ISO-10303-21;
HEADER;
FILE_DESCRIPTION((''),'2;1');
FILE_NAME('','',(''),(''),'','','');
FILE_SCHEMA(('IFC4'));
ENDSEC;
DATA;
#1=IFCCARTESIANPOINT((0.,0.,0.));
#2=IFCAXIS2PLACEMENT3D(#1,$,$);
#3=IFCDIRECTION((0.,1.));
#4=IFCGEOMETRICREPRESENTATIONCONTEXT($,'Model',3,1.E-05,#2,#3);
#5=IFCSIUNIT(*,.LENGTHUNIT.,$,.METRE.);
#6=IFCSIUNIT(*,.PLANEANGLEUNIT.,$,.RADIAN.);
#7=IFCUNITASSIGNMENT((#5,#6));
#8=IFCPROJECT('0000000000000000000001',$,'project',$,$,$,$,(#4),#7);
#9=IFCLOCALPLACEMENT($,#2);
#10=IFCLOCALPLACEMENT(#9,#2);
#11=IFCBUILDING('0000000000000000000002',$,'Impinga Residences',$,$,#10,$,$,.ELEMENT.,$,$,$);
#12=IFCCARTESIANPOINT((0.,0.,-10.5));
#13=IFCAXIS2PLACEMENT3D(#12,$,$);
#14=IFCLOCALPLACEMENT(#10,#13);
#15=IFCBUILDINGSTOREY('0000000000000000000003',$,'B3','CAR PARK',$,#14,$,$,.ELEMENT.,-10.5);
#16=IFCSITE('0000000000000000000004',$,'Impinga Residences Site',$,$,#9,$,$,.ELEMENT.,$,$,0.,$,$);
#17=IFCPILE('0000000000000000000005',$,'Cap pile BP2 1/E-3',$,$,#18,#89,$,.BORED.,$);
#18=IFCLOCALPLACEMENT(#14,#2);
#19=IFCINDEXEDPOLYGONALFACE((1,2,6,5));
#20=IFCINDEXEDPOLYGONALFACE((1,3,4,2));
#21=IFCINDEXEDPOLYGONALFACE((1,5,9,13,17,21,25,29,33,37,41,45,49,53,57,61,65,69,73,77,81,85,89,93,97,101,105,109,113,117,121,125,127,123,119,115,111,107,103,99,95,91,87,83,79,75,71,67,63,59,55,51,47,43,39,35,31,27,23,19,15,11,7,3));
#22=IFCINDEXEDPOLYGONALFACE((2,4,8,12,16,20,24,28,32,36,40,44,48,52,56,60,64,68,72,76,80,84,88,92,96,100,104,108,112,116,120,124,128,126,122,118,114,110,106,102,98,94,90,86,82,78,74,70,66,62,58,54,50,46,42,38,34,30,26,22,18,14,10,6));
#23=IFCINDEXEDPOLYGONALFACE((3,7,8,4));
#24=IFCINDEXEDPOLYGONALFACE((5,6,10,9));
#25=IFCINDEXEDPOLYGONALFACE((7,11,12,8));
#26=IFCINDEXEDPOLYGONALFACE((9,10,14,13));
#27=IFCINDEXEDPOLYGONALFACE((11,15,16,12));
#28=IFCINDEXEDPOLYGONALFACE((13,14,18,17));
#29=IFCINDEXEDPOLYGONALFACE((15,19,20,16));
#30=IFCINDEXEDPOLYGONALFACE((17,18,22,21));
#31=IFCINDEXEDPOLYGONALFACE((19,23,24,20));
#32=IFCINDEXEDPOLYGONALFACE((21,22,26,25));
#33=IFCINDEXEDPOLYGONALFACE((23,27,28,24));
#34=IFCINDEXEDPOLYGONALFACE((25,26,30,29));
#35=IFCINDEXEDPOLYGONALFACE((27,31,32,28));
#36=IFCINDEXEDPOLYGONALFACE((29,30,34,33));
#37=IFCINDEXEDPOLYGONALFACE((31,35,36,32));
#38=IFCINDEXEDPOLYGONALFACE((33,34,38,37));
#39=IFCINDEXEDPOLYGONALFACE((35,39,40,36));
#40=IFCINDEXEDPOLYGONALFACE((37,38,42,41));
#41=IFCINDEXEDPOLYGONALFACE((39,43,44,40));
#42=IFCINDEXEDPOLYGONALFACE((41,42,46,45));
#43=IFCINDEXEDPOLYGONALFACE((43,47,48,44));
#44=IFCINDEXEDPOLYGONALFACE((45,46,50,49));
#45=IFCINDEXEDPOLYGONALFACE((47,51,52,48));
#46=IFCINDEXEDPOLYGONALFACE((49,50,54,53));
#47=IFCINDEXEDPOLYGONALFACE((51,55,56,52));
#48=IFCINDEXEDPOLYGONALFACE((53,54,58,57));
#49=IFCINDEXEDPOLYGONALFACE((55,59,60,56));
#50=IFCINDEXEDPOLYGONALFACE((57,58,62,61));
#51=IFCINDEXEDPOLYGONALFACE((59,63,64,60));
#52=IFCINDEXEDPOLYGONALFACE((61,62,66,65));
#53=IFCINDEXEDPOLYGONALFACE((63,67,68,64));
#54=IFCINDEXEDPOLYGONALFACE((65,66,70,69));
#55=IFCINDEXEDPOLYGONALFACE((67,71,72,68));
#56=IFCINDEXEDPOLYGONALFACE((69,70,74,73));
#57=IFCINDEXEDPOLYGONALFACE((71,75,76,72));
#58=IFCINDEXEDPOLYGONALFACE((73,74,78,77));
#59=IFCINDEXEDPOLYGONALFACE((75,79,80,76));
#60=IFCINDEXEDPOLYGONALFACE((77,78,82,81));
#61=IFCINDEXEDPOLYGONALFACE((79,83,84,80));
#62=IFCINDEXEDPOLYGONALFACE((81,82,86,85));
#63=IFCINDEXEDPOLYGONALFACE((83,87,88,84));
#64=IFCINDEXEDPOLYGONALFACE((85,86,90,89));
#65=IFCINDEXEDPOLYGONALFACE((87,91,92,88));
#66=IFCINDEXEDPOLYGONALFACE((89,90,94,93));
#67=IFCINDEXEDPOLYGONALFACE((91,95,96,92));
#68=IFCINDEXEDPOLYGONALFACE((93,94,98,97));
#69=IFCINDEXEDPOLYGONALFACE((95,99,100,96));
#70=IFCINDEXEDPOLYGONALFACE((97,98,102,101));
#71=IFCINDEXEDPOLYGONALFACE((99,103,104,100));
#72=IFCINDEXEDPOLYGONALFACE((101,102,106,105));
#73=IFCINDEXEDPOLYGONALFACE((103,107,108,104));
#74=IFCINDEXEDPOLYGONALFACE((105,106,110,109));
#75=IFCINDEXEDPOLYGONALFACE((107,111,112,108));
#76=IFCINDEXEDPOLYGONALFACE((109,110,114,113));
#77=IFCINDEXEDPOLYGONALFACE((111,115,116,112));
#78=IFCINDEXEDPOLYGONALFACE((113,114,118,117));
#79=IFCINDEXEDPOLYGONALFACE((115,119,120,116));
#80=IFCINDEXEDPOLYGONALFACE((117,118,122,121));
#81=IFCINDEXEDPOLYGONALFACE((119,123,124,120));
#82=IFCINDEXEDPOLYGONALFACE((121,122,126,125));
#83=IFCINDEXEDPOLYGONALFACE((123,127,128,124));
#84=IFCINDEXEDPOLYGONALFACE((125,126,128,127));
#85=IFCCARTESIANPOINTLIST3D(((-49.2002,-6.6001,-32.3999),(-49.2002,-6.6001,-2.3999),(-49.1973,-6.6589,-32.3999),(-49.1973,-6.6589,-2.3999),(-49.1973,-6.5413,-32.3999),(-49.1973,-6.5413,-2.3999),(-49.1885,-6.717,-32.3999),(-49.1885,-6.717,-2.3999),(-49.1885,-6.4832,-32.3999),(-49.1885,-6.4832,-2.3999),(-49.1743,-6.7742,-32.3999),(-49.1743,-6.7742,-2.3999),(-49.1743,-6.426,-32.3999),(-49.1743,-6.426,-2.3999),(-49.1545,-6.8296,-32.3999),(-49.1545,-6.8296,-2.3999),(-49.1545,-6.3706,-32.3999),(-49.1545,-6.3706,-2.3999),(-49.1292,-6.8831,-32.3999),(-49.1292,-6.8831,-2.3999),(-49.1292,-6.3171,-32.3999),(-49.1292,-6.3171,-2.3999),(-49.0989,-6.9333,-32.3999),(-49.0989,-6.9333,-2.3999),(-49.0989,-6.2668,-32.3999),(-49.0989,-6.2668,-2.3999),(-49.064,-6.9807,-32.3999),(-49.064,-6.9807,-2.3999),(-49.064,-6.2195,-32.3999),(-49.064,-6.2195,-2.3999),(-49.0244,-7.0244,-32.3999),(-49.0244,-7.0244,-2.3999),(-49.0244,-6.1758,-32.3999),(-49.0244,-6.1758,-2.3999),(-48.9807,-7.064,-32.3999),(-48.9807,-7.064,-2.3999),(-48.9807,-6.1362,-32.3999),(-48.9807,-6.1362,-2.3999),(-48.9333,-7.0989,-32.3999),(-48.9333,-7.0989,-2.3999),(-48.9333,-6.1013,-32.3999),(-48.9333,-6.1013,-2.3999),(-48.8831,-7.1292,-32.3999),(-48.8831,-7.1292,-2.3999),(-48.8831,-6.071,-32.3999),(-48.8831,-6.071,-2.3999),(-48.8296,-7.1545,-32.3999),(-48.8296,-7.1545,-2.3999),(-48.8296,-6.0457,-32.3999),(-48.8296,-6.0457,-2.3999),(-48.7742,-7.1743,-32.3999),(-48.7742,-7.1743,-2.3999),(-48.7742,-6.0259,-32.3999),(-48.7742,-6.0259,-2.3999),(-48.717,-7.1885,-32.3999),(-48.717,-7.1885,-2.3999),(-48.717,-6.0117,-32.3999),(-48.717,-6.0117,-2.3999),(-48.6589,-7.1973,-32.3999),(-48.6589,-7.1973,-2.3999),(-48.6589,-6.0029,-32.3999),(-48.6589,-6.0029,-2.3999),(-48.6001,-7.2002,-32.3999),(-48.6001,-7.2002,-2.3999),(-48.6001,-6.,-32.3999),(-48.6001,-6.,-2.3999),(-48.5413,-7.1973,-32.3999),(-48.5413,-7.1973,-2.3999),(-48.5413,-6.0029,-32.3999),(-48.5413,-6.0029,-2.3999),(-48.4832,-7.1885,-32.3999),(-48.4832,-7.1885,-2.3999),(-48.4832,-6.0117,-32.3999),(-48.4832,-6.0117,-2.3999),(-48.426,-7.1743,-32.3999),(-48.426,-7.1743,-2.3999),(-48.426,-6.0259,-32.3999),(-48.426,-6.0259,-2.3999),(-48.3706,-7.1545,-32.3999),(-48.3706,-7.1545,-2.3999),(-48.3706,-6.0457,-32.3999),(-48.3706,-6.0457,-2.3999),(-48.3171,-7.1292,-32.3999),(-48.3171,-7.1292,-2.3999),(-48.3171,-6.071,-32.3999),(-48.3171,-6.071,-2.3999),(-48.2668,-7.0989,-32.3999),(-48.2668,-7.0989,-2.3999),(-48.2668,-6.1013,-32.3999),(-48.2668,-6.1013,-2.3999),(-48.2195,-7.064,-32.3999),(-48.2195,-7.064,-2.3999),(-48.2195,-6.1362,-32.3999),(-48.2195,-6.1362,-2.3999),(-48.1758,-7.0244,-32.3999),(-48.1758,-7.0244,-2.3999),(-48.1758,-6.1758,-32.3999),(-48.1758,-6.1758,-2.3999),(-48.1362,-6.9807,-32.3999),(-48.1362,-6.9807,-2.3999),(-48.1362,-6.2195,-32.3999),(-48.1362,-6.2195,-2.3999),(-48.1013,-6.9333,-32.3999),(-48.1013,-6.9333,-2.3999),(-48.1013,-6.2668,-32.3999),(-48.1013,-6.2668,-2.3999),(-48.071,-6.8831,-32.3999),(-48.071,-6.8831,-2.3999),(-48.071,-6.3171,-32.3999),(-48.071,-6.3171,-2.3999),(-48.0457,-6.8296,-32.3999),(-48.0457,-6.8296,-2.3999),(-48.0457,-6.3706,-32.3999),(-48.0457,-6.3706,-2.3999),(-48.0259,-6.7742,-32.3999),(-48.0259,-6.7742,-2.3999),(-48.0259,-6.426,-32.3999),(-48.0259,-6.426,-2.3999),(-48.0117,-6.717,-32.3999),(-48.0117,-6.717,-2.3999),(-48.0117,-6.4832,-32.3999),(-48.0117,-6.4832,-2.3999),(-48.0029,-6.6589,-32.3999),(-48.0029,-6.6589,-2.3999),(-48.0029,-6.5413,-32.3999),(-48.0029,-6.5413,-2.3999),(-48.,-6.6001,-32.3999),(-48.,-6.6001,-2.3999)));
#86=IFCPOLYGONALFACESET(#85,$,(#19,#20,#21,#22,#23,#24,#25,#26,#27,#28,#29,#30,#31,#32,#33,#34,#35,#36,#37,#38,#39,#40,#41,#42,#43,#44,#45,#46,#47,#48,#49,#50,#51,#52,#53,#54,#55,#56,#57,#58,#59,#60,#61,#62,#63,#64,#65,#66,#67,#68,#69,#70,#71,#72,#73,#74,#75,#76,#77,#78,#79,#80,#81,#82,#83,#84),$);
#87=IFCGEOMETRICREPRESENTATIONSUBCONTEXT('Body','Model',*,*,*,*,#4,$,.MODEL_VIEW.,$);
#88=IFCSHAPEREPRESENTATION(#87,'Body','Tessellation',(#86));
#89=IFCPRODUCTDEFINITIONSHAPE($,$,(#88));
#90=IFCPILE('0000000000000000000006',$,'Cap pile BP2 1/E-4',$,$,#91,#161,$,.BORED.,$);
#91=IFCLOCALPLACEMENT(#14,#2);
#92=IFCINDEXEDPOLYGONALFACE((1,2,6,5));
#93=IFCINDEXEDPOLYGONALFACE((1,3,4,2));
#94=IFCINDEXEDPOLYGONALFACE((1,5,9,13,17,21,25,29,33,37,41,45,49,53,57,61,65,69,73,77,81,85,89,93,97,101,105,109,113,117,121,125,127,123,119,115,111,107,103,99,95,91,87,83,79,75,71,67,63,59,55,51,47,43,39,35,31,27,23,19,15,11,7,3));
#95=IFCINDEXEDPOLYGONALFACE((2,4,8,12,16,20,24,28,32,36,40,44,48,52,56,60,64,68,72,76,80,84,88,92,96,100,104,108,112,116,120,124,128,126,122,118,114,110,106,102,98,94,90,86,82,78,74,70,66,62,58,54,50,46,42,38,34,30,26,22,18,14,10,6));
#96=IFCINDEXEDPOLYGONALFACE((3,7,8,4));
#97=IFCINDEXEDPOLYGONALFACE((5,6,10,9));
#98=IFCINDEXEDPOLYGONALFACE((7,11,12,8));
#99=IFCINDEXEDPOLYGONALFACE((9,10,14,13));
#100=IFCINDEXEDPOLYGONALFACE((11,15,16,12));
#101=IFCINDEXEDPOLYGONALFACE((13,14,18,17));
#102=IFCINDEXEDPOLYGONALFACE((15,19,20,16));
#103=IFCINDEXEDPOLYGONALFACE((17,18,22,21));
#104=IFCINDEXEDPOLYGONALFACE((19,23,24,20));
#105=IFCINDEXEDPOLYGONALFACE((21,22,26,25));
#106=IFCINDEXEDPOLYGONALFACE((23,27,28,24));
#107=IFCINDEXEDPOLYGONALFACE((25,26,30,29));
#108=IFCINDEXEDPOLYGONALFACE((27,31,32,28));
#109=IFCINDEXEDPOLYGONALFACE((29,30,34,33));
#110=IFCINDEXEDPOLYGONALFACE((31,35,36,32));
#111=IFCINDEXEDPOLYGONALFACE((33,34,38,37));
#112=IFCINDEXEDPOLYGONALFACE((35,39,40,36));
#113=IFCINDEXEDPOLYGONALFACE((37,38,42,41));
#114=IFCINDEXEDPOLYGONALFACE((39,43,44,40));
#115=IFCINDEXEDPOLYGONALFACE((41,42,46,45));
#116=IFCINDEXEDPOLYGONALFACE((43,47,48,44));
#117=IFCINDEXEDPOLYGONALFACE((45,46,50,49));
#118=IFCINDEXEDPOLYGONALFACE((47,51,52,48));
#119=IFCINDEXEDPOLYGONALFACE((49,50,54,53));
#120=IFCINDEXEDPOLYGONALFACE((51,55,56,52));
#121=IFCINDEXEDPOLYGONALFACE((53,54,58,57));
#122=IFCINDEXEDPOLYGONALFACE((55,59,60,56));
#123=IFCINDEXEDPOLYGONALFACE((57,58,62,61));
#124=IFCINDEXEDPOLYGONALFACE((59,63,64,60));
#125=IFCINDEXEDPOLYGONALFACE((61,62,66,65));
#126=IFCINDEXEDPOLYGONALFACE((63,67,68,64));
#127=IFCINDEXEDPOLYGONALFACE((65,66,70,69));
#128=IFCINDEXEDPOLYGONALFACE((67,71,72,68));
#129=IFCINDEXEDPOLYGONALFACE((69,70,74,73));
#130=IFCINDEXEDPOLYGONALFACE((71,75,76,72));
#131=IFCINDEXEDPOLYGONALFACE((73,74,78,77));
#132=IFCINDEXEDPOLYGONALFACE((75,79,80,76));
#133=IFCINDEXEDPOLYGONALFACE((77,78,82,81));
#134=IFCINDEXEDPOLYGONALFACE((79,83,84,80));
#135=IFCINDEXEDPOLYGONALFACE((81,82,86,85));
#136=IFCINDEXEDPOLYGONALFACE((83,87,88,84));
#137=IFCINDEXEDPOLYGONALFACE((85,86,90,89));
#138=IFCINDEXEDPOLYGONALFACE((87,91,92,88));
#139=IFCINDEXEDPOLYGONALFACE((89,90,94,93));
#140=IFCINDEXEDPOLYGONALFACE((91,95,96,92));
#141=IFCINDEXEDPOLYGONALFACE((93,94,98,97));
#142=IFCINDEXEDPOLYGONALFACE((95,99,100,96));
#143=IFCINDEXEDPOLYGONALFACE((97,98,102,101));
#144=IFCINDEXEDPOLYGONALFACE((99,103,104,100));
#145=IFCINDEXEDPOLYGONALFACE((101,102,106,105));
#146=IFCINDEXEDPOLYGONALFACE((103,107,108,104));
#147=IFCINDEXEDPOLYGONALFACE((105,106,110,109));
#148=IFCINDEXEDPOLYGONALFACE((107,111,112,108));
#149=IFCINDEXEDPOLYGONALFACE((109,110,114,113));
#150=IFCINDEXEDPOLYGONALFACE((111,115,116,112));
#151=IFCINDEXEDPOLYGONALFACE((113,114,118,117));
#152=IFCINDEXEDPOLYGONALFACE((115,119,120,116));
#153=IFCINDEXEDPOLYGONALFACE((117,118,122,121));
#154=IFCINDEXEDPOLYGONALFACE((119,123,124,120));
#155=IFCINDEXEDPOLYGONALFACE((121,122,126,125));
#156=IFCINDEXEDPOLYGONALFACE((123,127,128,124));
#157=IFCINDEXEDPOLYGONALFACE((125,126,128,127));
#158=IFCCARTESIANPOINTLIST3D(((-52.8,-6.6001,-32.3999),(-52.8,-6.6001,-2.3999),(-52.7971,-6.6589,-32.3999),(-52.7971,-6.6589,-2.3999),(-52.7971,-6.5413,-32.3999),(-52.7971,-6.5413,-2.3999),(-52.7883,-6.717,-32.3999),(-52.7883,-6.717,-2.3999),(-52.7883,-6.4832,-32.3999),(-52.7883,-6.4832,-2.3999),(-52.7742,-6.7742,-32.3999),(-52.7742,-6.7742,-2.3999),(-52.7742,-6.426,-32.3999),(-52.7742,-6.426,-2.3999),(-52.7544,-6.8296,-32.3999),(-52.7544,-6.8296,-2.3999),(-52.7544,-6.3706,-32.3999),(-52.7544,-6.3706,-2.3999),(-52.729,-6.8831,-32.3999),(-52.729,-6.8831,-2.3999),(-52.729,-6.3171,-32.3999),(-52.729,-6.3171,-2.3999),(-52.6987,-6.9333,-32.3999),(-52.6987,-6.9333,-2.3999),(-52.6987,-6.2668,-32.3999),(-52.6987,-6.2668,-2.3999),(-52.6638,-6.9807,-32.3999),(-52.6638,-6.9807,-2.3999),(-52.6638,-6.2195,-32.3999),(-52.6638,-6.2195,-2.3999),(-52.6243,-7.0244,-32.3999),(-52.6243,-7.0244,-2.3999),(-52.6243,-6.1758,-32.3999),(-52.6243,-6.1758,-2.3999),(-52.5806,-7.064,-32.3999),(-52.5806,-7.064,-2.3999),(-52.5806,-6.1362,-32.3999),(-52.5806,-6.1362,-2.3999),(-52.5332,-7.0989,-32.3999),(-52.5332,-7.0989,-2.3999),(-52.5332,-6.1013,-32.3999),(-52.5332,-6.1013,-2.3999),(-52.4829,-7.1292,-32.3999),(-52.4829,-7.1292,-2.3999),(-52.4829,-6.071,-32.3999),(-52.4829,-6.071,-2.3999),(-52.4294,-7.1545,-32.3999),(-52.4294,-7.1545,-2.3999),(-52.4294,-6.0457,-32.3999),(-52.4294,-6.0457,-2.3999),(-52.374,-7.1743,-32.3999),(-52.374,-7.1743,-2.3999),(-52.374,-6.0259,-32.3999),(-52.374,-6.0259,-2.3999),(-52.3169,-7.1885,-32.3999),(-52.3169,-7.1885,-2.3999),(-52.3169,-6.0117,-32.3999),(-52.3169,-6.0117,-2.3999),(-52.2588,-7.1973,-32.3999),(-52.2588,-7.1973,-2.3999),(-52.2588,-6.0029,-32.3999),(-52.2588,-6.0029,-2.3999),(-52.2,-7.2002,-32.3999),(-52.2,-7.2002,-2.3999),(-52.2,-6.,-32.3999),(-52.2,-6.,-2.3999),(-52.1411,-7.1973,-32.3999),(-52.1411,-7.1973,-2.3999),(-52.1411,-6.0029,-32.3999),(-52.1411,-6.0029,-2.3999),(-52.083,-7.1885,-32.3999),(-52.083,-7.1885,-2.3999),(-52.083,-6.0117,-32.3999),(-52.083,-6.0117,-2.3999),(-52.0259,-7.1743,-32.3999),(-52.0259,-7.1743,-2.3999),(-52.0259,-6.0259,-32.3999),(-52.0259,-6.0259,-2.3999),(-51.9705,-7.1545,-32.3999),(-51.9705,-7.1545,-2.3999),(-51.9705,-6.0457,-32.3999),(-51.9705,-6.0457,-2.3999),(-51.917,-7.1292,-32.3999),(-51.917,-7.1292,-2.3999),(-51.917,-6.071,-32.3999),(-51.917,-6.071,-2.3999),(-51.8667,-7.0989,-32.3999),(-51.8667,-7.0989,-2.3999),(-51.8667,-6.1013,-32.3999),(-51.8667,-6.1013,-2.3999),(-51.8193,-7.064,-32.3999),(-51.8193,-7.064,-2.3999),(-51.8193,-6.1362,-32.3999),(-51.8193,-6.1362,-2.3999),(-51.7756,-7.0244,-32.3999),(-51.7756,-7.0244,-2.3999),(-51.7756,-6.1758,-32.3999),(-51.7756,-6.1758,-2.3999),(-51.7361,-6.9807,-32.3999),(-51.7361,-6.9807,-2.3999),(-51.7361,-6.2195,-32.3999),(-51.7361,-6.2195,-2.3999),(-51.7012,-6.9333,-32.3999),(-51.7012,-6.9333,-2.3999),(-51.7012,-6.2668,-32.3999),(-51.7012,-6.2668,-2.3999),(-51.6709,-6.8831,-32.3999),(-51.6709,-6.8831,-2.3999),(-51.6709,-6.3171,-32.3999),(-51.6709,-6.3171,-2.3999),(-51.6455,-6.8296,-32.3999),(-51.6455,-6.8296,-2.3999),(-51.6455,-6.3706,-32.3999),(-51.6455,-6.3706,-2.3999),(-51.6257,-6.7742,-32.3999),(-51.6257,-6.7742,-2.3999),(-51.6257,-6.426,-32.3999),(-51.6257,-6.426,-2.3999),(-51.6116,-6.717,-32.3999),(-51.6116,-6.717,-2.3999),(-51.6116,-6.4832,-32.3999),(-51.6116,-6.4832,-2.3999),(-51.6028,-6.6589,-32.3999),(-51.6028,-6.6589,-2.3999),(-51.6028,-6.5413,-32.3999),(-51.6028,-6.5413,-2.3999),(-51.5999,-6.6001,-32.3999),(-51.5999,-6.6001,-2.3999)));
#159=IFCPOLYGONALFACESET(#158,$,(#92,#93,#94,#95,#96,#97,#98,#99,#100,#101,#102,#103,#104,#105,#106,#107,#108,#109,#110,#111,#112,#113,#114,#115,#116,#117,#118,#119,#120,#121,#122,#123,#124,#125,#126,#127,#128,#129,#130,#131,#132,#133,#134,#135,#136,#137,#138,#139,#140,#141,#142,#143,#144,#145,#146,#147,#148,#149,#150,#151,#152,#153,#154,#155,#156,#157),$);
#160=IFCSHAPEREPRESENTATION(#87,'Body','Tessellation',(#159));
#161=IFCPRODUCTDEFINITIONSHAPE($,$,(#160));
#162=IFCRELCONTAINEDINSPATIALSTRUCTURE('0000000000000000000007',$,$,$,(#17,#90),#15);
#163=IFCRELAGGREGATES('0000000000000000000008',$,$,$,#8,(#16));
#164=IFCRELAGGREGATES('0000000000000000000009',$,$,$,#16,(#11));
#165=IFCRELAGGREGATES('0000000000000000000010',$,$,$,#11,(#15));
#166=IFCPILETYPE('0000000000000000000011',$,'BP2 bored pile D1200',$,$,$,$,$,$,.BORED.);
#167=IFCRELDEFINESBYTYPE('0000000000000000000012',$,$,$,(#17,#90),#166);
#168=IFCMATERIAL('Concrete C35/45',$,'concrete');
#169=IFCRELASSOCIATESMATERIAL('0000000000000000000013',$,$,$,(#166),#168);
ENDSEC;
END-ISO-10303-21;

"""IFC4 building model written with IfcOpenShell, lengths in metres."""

from ifc_helpers import new_model, si_unit, direction, frame, origin, origin_2d, place, context, subcontext, project, spatial, polyline, circle, outline, extrude, material, material_profile, profile_set, type_object, element, save


model = new_model("IFC4")

# Units and contexts
model_context = context("Model", 3, precision=1e-05, world=origin(), true_north=direction((0.0, 1.0)))
body_context = subcontext(model_context, "Body", "Model", "MODEL_VIEW")
ifc_project = project(units=[si_unit("LENGTHUNIT", "METRE"), si_unit("PLANEANGLEUNIT", "RADIAN")], contexts=[model_context])

# Site, building, storey
site_placement = place(None, origin())
site = spatial("IfcSite", under=ifc_project, at=site_placement, Name="Impinga Residences Site", CompositionType="ELEMENT", RefElevation=0.0)
building_placement = place(site_placement, origin())
building = spatial("IfcBuilding", under=site, at=building_placement, Name="Impinga Residences", CompositionType="ELEMENT")
storey_placement = place(building_placement, frame((0.0, 0.0, -10.5)))
storey = spatial("IfcBuildingStorey", under=building, at=storey_placement, Name="B3", Description="CAR PARK", CompositionType="ELEMENT", Elevation=-10.5)

# Piles
ifc_material_1 = material(Name="Concrete C35/45", Category="concrete")
ifc_material_profile_1 = material_profile(ifc_material_1, circle(Radius=0.6001, at=origin_2d()), Name="D1200")
ifc_profile_set_1 = profile_set([ifc_material_profile_1], Name="Concrete C35/45")
pile_type_1 = type_object("IfcPileType", Name="BP2 bored pile D1200", PredefinedType="BORED", material=ifc_profile_set_1)
pile_1_placement = place(storey_placement, frame((-48.6001, -6.6001, -2.3999), z_axis=(0.0, 0.0, -1.0), x_axis=(1.0, 0.0, 0.0)))
element("IfcPile", 1, at=pile_1_placement, inside=storey, type_object=pile_type_1, Name="Cap pile BP2 1/E-3", PredefinedType="BORED", context=body_context, shape_type="SweptSolid", body=[
    extrude(outline(polyline([(0.6001, 0.0), (0.5972, 0.0588), (0.5884, 0.1169), (0.5742, 0.1741), (0.5544, 0.2295), (0.5291, 0.283), (0.4988, 0.3333), (0.4639, 0.3806), (0.4243, 0.4243), (0.3806, 0.4639), (0.3333, 0.4988), (0.283, 0.5291), (0.2295, 0.5544), (0.1741, 0.5742), (0.1169, 0.5884), (0.0588, 0.5972), (0.0, 0.6001), (-0.0588, 0.5972), (-0.1169, 0.5884), (-0.1741, 0.5742), (-0.2295, 0.5544), (-0.283, 0.5291), (-0.3333, 0.4988), (-0.3806, 0.4639), (-0.4243, 0.4243), (-0.4639, 0.3806), (-0.4988, 0.3333), (-0.5291, 0.283), (-0.5544, 0.2295), (-0.5742, 0.1741), (-0.5884, 0.1169), (-0.5972, 0.0588), (-0.6001, 0.0), (-0.5972, -0.0588), (-0.5884, -0.1169), (-0.5742, -0.1741), (-0.5544, -0.2295), (-0.5291, -0.283), (-0.4988, -0.3333), (-0.4639, -0.3806), (-0.4243, -0.4243), (-0.3806, -0.4639), (-0.3333, -0.4988), (-0.283, -0.5291), (-0.2295, -0.5544), (-0.1741, -0.5742), (-0.1169, -0.5884), (-0.0588, -0.5972), (0.0, -0.6001), (0.0588, -0.5972), (0.1169, -0.5884), (0.1741, -0.5742), (0.2295, -0.5544), (0.283, -0.5291), (0.3333, -0.4988), (0.3806, -0.4639), (0.4243, -0.4243), (0.4639, -0.3806), (0.4988, -0.3333), (0.5291, -0.283), (0.5544, -0.2295), (0.5742, -0.1741), (0.5884, -0.1169), (0.5972, -0.0588), (0.6001, 0.0)])), origin(), (0.0, 0.0, 1.0), 30.0),
])
pile_2_placement = place(storey_placement, frame((-52.2, -6.6001, -2.3999), z_axis=(0.0, 0.0, -1.0), x_axis=(1.0, 0.0, 0.0)))
element("IfcPile", 2, at=pile_2_placement, inside=storey, type_object=pile_type_1, Name="Cap pile BP2 1/E-4", PredefinedType="BORED", context=body_context, shape_type="SweptSolid", body=[
    extrude(outline(polyline([(0.6001, 0.0), (0.5972, 0.0588), (0.5884, 0.1169), (0.5742, 0.1741), (0.5544, 0.2295), (0.5291, 0.283), (0.4988, 0.3333), (0.4639, 0.3806), (0.4243, 0.4243), (0.3806, 0.4639), (0.3333, 0.4988), (0.283, 0.5291), (0.2295, 0.5544), (0.1741, 0.5742), (0.1169, 0.5884), (0.0588, 0.5972), (0.0, 0.6001), (-0.0588, 0.5972), (-0.1169, 0.5884), (-0.1741, 0.5742), (-0.2295, 0.5544), (-0.283, 0.5291), (-0.3333, 0.4988), (-0.3806, 0.4639), (-0.4243, 0.4243), (-0.4639, 0.3806), (-0.4988, 0.3333), (-0.5291, 0.283), (-0.5544, 0.2295), (-0.5742, 0.1741), (-0.5884, 0.1169), (-0.5972, 0.0588), (-0.6001, 0.0), (-0.5972, -0.0588), (-0.5884, -0.1169), (-0.5742, -0.1741), (-0.5544, -0.2295), (-0.5291, -0.283), (-0.4988, -0.3333), (-0.4639, -0.3806), (-0.4243, -0.4243), (-0.3806, -0.4639), (-0.3333, -0.4988), (-0.283, -0.5291), (-0.2295, -0.5544), (-0.1741, -0.5742), (-0.1169, -0.5884), (-0.0588, -0.5972), (0.0, -0.6001), (0.0588, -0.5972), (0.1169, -0.5884), (0.1741, -0.5742), (0.2295, -0.5544), (0.283, -0.5291), (0.3333, -0.4988), (0.3806, -0.4639), (0.4243, -0.4243), (0.4639, -0.3806), (0.4988, -0.3333), (0.5291, -0.283), (0.5544, -0.2295), (0.5742, -0.1741), (0.5884, -0.1169), (0.5972, -0.0588), (0.6001, 0.0)])), origin(), (0.0, 0.0, 1.0), 30.0),
])

save(model, "model.ifc")
